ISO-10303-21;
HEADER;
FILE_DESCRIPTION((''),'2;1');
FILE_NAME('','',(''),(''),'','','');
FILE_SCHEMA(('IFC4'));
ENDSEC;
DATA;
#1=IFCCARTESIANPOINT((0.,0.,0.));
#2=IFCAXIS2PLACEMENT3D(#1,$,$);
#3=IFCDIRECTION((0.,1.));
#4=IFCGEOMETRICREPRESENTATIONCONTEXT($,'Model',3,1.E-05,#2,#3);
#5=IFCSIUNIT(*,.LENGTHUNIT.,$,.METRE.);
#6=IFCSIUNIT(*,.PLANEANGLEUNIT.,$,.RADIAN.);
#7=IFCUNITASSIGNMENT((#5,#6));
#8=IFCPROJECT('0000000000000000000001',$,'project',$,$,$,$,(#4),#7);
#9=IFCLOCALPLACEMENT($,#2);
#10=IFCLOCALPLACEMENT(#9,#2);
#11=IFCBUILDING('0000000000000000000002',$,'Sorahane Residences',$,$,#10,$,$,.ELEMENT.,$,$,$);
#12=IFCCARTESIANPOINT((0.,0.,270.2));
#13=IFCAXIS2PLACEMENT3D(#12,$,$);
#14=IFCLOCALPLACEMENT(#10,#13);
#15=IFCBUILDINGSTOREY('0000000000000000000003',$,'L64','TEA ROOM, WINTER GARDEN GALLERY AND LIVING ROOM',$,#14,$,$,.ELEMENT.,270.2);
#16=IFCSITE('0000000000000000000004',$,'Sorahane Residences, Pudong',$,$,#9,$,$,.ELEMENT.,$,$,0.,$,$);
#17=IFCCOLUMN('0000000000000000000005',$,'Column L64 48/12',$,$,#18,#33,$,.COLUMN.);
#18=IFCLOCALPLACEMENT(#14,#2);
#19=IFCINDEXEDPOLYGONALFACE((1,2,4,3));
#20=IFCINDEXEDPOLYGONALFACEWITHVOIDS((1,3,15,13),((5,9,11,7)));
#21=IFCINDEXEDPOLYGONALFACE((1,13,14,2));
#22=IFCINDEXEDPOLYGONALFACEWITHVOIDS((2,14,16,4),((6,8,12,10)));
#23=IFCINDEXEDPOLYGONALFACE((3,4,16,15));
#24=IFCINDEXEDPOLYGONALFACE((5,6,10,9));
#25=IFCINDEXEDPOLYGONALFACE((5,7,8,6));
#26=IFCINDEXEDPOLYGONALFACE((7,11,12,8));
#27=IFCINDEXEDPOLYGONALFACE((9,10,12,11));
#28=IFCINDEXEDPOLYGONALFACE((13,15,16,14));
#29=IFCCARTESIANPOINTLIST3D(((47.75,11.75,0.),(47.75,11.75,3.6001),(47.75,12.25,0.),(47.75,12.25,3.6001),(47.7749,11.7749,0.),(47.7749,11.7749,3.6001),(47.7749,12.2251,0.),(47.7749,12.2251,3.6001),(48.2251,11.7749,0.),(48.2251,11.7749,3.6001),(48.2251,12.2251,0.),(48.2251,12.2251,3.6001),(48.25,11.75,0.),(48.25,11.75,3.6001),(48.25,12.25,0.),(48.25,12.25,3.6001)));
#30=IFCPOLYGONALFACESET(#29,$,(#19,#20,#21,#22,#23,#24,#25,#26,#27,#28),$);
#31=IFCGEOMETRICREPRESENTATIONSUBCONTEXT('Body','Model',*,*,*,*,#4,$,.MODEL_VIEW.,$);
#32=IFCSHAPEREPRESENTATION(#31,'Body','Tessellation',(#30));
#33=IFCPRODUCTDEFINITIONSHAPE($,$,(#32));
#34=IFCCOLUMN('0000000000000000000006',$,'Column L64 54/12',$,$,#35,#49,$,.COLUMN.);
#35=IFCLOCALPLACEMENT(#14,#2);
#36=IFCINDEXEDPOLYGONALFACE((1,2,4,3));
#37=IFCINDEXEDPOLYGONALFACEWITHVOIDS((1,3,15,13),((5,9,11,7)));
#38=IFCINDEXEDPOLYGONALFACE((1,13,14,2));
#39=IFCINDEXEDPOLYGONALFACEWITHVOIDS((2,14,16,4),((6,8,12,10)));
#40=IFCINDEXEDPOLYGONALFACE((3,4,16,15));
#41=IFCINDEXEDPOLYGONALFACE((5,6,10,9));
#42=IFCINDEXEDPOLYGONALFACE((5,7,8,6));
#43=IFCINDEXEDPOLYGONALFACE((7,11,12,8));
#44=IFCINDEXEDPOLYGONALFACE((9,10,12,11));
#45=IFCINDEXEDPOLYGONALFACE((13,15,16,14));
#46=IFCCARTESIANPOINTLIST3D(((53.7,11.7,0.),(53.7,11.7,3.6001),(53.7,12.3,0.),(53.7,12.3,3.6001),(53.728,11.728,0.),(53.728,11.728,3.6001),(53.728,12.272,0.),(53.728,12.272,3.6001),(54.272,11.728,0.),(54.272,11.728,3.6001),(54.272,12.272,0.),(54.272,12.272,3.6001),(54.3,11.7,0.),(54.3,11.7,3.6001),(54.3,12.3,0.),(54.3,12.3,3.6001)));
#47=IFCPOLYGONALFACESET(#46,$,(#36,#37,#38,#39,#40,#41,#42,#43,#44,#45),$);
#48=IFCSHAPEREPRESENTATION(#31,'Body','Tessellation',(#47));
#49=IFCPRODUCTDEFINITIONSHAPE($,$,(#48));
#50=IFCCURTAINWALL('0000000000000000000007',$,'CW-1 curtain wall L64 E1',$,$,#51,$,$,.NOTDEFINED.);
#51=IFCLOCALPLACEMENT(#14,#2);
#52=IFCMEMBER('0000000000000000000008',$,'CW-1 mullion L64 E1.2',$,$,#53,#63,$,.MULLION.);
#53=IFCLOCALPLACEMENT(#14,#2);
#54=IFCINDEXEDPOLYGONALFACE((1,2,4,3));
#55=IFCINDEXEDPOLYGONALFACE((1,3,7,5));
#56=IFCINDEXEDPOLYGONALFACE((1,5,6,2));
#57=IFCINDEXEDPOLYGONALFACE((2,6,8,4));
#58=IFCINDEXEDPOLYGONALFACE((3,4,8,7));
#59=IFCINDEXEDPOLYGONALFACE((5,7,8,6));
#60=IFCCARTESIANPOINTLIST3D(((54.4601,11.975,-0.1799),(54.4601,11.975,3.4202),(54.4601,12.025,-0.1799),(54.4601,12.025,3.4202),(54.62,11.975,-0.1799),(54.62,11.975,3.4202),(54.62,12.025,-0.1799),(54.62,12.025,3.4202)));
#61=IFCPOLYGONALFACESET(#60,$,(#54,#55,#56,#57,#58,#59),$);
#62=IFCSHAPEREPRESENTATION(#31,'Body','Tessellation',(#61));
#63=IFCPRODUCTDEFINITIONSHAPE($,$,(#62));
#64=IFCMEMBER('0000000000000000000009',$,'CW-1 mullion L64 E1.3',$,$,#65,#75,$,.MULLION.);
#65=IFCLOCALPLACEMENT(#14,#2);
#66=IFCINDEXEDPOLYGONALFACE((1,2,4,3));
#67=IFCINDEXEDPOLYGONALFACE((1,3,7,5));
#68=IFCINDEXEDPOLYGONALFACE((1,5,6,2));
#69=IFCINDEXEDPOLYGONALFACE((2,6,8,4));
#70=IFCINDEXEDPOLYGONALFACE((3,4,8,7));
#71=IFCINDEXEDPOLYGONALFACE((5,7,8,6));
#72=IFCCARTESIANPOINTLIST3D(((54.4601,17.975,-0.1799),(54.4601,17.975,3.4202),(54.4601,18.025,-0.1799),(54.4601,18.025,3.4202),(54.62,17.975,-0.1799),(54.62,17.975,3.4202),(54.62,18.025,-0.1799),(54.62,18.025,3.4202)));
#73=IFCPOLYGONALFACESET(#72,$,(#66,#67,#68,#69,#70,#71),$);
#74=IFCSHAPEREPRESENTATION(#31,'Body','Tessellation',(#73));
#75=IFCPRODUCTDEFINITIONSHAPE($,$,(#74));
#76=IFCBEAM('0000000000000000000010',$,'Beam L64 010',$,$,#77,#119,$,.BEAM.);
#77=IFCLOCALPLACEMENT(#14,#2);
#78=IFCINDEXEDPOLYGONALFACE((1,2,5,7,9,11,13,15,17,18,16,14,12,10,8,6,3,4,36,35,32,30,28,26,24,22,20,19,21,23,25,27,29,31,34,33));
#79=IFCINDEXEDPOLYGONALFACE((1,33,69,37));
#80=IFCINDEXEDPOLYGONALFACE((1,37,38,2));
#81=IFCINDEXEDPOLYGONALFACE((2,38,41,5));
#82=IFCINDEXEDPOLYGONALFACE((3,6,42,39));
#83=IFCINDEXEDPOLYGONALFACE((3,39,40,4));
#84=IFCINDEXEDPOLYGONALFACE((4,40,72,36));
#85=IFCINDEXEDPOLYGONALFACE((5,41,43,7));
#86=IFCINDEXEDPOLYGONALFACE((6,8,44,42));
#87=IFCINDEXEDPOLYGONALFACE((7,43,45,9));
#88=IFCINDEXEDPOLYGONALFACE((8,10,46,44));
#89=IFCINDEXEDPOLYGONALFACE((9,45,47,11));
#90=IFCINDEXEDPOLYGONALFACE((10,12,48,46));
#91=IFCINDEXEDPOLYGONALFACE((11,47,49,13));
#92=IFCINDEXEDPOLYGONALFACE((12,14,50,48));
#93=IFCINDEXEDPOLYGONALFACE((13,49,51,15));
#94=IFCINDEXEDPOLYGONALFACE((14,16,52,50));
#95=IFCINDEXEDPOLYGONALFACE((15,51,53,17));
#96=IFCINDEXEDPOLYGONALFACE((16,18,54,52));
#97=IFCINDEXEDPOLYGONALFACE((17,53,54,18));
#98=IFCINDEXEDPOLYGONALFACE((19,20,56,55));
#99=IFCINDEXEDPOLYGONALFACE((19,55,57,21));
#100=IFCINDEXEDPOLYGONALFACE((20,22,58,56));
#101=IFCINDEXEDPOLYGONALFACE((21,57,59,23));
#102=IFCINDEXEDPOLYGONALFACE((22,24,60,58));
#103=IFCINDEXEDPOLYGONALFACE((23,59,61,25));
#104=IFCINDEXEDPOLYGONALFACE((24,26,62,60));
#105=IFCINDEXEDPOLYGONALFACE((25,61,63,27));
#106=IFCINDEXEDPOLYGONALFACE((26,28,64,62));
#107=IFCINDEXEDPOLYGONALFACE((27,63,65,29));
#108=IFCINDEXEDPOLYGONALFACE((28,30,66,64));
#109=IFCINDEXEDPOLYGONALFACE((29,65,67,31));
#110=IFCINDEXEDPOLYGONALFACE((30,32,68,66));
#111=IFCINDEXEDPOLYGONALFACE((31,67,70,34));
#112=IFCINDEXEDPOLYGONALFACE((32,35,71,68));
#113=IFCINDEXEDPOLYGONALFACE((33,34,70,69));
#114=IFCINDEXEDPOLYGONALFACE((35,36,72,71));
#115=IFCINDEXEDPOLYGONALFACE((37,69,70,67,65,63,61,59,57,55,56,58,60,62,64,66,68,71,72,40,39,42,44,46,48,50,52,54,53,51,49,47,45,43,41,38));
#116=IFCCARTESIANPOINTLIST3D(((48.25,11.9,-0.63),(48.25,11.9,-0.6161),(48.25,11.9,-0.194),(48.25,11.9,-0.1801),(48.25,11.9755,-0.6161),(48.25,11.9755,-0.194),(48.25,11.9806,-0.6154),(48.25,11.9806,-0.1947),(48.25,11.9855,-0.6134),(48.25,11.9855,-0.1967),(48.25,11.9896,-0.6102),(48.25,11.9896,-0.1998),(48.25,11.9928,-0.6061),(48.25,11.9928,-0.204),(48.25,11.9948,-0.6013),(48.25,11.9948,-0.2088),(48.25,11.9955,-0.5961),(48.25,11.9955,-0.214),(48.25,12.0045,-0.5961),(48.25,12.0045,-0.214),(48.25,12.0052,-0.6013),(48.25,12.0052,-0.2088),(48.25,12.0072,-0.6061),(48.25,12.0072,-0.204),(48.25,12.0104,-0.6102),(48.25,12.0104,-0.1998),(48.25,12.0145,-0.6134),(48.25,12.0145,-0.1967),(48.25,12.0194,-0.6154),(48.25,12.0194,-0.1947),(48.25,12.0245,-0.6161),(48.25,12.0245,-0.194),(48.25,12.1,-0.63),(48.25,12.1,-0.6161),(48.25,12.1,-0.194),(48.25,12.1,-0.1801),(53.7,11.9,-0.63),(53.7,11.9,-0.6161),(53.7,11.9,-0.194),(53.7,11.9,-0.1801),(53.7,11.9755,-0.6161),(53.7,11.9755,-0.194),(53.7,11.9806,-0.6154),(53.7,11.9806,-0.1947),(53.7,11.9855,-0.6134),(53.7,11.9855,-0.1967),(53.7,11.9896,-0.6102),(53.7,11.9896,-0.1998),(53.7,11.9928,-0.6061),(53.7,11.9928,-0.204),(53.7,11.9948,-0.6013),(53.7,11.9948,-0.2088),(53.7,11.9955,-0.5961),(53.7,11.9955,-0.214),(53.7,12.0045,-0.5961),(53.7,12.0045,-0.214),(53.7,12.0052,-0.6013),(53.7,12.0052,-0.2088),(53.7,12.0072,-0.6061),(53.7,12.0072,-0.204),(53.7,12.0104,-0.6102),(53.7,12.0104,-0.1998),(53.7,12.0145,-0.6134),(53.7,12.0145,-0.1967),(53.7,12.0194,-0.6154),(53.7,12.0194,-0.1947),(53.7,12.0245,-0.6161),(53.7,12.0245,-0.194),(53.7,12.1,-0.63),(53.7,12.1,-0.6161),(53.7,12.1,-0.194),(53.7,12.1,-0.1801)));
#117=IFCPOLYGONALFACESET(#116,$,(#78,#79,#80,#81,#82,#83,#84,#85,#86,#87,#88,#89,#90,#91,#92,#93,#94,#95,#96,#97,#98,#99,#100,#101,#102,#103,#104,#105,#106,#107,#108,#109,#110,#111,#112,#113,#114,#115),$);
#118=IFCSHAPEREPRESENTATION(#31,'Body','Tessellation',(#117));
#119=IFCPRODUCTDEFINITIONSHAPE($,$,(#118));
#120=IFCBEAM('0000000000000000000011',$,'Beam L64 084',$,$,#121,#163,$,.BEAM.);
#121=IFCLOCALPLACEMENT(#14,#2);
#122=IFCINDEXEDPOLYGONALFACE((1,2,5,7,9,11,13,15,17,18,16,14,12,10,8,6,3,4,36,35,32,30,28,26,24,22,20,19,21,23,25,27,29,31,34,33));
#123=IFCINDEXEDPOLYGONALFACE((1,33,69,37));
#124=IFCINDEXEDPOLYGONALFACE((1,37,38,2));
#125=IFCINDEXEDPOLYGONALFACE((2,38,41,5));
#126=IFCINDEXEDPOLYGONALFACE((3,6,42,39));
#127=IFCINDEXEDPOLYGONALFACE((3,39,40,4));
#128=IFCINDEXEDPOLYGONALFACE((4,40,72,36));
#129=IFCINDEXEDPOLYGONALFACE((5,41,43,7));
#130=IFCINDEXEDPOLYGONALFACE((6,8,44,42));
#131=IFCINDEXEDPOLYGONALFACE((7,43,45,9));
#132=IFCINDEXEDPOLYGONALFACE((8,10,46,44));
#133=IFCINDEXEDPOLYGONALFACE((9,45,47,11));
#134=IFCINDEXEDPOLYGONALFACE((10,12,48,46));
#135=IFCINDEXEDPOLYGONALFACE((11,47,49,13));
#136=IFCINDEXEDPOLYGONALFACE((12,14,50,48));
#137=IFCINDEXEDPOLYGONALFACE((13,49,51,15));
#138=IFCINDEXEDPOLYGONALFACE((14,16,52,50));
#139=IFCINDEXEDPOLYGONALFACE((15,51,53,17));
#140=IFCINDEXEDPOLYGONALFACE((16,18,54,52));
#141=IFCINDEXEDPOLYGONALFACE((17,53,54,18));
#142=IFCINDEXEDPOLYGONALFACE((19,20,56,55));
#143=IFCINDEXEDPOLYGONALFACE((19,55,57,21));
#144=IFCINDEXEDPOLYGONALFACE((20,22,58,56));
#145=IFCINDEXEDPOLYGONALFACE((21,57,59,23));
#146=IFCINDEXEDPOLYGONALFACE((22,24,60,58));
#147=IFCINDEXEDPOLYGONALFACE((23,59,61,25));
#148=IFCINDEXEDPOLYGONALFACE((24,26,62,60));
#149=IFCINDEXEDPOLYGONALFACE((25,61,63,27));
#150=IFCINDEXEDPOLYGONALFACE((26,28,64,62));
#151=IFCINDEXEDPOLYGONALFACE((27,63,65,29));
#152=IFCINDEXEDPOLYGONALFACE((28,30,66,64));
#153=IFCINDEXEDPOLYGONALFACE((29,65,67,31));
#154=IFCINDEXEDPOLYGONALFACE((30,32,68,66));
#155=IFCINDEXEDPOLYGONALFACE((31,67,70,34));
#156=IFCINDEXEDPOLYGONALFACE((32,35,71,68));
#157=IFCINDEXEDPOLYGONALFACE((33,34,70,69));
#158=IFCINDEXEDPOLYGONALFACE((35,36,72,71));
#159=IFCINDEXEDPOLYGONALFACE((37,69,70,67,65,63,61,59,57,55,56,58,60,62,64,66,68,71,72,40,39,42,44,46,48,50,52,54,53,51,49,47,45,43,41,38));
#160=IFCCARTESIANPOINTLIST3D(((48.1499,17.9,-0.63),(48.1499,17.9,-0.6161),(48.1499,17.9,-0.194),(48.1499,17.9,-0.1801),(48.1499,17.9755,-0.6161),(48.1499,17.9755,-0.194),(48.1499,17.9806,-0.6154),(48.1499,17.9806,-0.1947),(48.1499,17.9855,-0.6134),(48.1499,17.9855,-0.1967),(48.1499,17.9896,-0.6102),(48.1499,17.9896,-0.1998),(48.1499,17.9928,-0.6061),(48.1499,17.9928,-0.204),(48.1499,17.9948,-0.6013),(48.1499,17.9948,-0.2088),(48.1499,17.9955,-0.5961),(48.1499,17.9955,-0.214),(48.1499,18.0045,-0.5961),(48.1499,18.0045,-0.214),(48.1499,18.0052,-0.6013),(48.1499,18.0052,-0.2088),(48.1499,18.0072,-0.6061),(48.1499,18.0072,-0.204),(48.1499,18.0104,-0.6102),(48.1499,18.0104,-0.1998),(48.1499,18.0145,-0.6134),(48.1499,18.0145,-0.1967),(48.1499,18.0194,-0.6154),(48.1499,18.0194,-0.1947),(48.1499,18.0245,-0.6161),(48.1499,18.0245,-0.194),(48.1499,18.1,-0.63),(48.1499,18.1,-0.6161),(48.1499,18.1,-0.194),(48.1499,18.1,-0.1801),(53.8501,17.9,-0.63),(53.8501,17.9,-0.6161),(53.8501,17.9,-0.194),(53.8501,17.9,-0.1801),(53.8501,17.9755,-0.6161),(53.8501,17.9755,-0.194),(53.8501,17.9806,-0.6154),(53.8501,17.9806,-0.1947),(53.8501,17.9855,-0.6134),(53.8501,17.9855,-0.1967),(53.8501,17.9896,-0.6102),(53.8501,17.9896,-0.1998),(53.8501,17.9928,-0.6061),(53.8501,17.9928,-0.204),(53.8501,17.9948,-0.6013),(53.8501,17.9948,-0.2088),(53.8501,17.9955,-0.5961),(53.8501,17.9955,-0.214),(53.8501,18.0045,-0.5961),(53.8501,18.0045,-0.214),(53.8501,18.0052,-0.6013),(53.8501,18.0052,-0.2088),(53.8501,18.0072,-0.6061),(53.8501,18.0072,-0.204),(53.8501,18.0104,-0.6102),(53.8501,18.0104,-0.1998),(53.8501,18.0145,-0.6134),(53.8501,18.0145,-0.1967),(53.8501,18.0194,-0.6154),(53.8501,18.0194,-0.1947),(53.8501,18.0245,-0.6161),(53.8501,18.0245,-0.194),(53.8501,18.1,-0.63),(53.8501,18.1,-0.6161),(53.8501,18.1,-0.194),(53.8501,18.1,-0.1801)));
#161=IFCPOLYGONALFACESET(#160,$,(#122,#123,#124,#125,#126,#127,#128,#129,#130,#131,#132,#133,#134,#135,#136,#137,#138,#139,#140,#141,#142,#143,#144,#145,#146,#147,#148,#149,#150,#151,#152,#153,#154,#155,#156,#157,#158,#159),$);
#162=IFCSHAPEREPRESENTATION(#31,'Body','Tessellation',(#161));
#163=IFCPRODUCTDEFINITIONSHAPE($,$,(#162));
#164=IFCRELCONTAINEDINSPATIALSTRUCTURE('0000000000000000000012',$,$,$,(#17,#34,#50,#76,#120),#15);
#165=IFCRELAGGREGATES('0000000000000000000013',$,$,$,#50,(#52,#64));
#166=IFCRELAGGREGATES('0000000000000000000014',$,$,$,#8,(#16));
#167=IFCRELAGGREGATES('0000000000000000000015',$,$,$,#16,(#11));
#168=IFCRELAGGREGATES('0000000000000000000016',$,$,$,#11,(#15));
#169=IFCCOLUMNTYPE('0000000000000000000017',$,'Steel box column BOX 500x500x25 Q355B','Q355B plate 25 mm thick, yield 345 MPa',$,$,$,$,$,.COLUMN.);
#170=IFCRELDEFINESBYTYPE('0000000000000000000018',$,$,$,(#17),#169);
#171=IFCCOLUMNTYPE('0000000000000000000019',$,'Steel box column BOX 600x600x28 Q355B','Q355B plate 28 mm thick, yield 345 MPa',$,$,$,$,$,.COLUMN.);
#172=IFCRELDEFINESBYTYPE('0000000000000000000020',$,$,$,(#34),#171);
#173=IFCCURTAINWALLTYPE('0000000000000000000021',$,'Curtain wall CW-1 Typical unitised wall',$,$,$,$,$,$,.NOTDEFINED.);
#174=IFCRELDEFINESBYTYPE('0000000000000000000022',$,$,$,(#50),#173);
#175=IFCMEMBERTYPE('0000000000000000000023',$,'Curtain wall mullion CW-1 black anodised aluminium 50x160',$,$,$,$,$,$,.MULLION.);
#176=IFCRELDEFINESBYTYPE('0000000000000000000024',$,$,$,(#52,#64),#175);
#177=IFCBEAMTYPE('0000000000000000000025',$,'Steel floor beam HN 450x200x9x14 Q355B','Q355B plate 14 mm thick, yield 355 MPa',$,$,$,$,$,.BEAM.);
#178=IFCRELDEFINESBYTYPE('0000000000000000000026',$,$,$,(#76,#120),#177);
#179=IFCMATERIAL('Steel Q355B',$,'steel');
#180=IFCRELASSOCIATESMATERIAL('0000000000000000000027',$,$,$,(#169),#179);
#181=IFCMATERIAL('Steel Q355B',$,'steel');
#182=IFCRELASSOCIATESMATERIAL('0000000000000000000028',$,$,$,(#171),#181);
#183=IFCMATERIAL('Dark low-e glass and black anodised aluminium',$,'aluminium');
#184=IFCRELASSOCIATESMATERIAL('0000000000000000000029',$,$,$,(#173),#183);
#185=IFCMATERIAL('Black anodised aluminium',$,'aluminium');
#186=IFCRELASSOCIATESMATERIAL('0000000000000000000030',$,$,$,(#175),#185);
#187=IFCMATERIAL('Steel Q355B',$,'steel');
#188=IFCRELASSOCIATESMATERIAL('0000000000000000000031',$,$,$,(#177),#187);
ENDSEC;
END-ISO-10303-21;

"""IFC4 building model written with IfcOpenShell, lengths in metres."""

from ifc_helpers import new_model, si_unit, direction, frame, origin, origin_2d, place, context, subcontext, project, spatial, rectangle, hollow_rectangle, i_section, extrude, material, material_profile, profile_set, type_object, element, aggregate, save


model = new_model("IFC4")

# Units and contexts
model_context = context("Model", 3, precision=1e-05, world=origin(), true_north=direction((0.0, 1.0)))
body_context = subcontext(model_context, "Body", "Model", "MODEL_VIEW")
ifc_project = project(units=[si_unit("LENGTHUNIT", "METRE"), si_unit("PLANEANGLEUNIT", "RADIAN")], contexts=[model_context])

# Site, building, storey
site_placement = place(None, origin())
site = spatial("IfcSite", under=ifc_project, at=site_placement, Name="Sorahane Residences, Pudong", CompositionType="ELEMENT", RefElevation=0.0)
building_placement = place(site_placement, origin())
building = spatial("IfcBuilding", under=site, at=building_placement, Name="Sorahane Residences", CompositionType="ELEMENT")
storey_placement = place(building_placement, frame((0.0, 0.0, 270.2)))
storey = spatial("IfcBuildingStorey", under=building, at=storey_placement, Name="L64", Description="TEA ROOM, WINTER GARDEN GALLERY AND LIVING ROOM", CompositionType="ELEMENT", Elevation=270.2)

# Columns
ifc_material_1 = material(Name="Steel Q355B", Category="steel")
ifc_material_profile_1 = material_profile(ifc_material_1, hollow_rectangle(XDim=0.5, YDim=0.5, WallThickness=0.0249, at=origin_2d()), Name="BOX 500x500x25")
ifc_profile_set_1 = profile_set([ifc_material_profile_1], Name="Steel Q355B")
column_type_1 = type_object("IfcColumnType", Name="Steel box column BOX 500x500x25 Q355B", Description="Q355B plate 25 mm thick, yield 345 MPa", PredefinedType="COLUMN", material=ifc_profile_set_1)
column_1_placement = place(storey_placement, frame((48.0, 12.0, 0.0), z_axis=(0.0, 0.0, 1.0), x_axis=(1.0, 0.0, 0.0)))
element("IfcColumn", 1, at=column_1_placement, inside=storey, type_object=column_type_1, Name="Column L64 48/12", PredefinedType="COLUMN", context=body_context, shape_type="SweptSolid", body=[
    extrude(hollow_rectangle(XDim=0.5, YDim=0.5, WallThickness=0.0249, at=origin_2d()), origin(), (0.0, 0.0, 1.0), 3.6001),
])
ifc_material_2 = material(Name="Steel Q355B", Category="steel")
ifc_material_profile_2 = material_profile(ifc_material_2, hollow_rectangle(XDim=0.6001, YDim=0.6001, WallThickness=0.0281, at=origin_2d()), Name="BOX 600x600x28")
ifc_profile_set_2 = profile_set([ifc_material_profile_2], Name="Steel Q355B")
column_type_2 = type_object("IfcColumnType", Name="Steel box column BOX 600x600x28 Q355B", Description="Q355B plate 28 mm thick, yield 345 MPa", PredefinedType="COLUMN", material=ifc_profile_set_2)
column_2_placement = place(storey_placement, frame((54.0, 12.0, 0.0), z_axis=(0.0, 0.0, 1.0), x_axis=(1.0, 0.0, 0.0)))
element("IfcColumn", 2, at=column_2_placement, inside=storey, type_object=column_type_2, Name="Column L64 54/12", PredefinedType="COLUMN", context=body_context, shape_type="SweptSolid", body=[
    extrude(hollow_rectangle(XDim=0.6001, YDim=0.6001, WallThickness=0.0281, at=origin_2d()), origin(), (0.0, 0.0, 1.0), 3.6001),
])

# Curtain wall, members
ifc_material_3 = material(Name="Dark low-e glass and black anodised aluminium", Category="aluminium")
curtain_wall_type = type_object("IfcCurtainWallType", Name="Curtain wall CW-1 Typical unitised wall", PredefinedType="NOTDEFINED", material=ifc_material_3)
curtain_wall_placement = place(storey_placement, origin())
curtain_wall = element("IfcCurtainWall", 3, at=curtain_wall_placement, inside=storey, type_object=curtain_wall_type, Name="CW-1 curtain wall L64 E1", PredefinedType="NOTDEFINED")
ifc_material_4 = material(Name="Black anodised aluminium", Category="aluminium")
ifc_material_profile_3 = material_profile(ifc_material_4, rectangle(XDim=0.1599, YDim=0.05, at=origin_2d()), Name="Curtain wall mullion CW-1 black anodised aluminium 50x160")
ifc_profile_set_3 = profile_set([ifc_material_profile_3], Name="Black anodised aluminium")
member_type = type_object("IfcMemberType", Name="Curtain wall mullion CW-1 black anodised aluminium 50x160", PredefinedType="MULLION", material=ifc_profile_set_3)
member_1_placement = place(storey_placement, frame((54.54, 12.0, -0.1799), z_axis=(0.0, 0.0, 1.0), x_axis=(1.0, 0.0, 0.0)))
member_1 = element("IfcMember", 4, at=member_1_placement, type_object=member_type, Name="CW-1 mullion L64 E1.2", PredefinedType="MULLION", context=body_context, shape_type="SweptSolid", body=[
    extrude(rectangle(XDim=0.1599, YDim=0.05, at=origin_2d()), origin(), (0.0, 0.0, 1.0), 3.6001),
])
member_2_placement = place(storey_placement, frame((54.54, 18.0, -0.1799), z_axis=(0.0, 0.0, 1.0), x_axis=(1.0, 0.0, 0.0)))
member_2 = element("IfcMember", 5, at=member_2_placement, type_object=member_type, Name="CW-1 mullion L64 E1.3", PredefinedType="MULLION", context=body_context, shape_type="SweptSolid", body=[
    extrude(rectangle(XDim=0.1599, YDim=0.05, at=origin_2d()), origin(), (0.0, 0.0, 1.0), 3.6001),
])

# Beams
ifc_material_5 = material(Name="Steel Q355B", Category="steel")
ifc_material_profile_4 = material_profile(ifc_material_5, i_section(OverallWidth=0.2, OverallDepth=0.45, WebThickness=0.009, FlangeThickness=0.0139, FilletRadius=0.02, at=origin_2d()), Name="HN 450x200x9x14")
ifc_profile_set_4 = profile_set([ifc_material_profile_4], Name="Steel Q355B")
beam_type_1 = type_object("IfcBeamType", Name="Steel floor beam HN 450x200x9x14 Q355B", Description="Q355B plate 14 mm thick, yield 355 MPa", PredefinedType="BEAM", material=ifc_profile_set_4)
beam_1_placement = place(storey_placement, frame((48.25, 12.0, -0.405), z_axis=(1.0, 0.0, 0.0), x_axis=(0.0, 1.0, 0.0)))
element("IfcBeam", 6, at=beam_1_placement, inside=storey, type_object=beam_type_1, Name="Beam L64 010", PredefinedType="BEAM", context=body_context, shape_type="SweptSolid", body=[
    extrude(i_section(OverallWidth=0.2, OverallDepth=0.45, WebThickness=0.009, FlangeThickness=0.0139, FilletRadius=0.02, at=origin_2d()), origin(), (0.0, 0.0, 1.0), 5.45),
])
beam_2_placement = place(storey_placement, frame((48.1499, 18.0, -0.405), z_axis=(1.0, 0.0, 0.0), x_axis=(0.0, 1.0, 0.0)))
element("IfcBeam", 7, at=beam_2_placement, inside=storey, type_object=beam_type_1, Name="Beam L64 084", PredefinedType="BEAM", context=body_context, shape_type="SweptSolid", body=[
    extrude(i_section(OverallWidth=0.2, OverallDepth=0.45, WebThickness=0.009, FlangeThickness=0.0139, FilletRadius=0.02, at=origin_2d()), origin(), (0.0, 0.0, 1.0), 5.7002),
])

aggregate(curtain_wall, [member_1, member_2])

save(model, "model.ifc")
